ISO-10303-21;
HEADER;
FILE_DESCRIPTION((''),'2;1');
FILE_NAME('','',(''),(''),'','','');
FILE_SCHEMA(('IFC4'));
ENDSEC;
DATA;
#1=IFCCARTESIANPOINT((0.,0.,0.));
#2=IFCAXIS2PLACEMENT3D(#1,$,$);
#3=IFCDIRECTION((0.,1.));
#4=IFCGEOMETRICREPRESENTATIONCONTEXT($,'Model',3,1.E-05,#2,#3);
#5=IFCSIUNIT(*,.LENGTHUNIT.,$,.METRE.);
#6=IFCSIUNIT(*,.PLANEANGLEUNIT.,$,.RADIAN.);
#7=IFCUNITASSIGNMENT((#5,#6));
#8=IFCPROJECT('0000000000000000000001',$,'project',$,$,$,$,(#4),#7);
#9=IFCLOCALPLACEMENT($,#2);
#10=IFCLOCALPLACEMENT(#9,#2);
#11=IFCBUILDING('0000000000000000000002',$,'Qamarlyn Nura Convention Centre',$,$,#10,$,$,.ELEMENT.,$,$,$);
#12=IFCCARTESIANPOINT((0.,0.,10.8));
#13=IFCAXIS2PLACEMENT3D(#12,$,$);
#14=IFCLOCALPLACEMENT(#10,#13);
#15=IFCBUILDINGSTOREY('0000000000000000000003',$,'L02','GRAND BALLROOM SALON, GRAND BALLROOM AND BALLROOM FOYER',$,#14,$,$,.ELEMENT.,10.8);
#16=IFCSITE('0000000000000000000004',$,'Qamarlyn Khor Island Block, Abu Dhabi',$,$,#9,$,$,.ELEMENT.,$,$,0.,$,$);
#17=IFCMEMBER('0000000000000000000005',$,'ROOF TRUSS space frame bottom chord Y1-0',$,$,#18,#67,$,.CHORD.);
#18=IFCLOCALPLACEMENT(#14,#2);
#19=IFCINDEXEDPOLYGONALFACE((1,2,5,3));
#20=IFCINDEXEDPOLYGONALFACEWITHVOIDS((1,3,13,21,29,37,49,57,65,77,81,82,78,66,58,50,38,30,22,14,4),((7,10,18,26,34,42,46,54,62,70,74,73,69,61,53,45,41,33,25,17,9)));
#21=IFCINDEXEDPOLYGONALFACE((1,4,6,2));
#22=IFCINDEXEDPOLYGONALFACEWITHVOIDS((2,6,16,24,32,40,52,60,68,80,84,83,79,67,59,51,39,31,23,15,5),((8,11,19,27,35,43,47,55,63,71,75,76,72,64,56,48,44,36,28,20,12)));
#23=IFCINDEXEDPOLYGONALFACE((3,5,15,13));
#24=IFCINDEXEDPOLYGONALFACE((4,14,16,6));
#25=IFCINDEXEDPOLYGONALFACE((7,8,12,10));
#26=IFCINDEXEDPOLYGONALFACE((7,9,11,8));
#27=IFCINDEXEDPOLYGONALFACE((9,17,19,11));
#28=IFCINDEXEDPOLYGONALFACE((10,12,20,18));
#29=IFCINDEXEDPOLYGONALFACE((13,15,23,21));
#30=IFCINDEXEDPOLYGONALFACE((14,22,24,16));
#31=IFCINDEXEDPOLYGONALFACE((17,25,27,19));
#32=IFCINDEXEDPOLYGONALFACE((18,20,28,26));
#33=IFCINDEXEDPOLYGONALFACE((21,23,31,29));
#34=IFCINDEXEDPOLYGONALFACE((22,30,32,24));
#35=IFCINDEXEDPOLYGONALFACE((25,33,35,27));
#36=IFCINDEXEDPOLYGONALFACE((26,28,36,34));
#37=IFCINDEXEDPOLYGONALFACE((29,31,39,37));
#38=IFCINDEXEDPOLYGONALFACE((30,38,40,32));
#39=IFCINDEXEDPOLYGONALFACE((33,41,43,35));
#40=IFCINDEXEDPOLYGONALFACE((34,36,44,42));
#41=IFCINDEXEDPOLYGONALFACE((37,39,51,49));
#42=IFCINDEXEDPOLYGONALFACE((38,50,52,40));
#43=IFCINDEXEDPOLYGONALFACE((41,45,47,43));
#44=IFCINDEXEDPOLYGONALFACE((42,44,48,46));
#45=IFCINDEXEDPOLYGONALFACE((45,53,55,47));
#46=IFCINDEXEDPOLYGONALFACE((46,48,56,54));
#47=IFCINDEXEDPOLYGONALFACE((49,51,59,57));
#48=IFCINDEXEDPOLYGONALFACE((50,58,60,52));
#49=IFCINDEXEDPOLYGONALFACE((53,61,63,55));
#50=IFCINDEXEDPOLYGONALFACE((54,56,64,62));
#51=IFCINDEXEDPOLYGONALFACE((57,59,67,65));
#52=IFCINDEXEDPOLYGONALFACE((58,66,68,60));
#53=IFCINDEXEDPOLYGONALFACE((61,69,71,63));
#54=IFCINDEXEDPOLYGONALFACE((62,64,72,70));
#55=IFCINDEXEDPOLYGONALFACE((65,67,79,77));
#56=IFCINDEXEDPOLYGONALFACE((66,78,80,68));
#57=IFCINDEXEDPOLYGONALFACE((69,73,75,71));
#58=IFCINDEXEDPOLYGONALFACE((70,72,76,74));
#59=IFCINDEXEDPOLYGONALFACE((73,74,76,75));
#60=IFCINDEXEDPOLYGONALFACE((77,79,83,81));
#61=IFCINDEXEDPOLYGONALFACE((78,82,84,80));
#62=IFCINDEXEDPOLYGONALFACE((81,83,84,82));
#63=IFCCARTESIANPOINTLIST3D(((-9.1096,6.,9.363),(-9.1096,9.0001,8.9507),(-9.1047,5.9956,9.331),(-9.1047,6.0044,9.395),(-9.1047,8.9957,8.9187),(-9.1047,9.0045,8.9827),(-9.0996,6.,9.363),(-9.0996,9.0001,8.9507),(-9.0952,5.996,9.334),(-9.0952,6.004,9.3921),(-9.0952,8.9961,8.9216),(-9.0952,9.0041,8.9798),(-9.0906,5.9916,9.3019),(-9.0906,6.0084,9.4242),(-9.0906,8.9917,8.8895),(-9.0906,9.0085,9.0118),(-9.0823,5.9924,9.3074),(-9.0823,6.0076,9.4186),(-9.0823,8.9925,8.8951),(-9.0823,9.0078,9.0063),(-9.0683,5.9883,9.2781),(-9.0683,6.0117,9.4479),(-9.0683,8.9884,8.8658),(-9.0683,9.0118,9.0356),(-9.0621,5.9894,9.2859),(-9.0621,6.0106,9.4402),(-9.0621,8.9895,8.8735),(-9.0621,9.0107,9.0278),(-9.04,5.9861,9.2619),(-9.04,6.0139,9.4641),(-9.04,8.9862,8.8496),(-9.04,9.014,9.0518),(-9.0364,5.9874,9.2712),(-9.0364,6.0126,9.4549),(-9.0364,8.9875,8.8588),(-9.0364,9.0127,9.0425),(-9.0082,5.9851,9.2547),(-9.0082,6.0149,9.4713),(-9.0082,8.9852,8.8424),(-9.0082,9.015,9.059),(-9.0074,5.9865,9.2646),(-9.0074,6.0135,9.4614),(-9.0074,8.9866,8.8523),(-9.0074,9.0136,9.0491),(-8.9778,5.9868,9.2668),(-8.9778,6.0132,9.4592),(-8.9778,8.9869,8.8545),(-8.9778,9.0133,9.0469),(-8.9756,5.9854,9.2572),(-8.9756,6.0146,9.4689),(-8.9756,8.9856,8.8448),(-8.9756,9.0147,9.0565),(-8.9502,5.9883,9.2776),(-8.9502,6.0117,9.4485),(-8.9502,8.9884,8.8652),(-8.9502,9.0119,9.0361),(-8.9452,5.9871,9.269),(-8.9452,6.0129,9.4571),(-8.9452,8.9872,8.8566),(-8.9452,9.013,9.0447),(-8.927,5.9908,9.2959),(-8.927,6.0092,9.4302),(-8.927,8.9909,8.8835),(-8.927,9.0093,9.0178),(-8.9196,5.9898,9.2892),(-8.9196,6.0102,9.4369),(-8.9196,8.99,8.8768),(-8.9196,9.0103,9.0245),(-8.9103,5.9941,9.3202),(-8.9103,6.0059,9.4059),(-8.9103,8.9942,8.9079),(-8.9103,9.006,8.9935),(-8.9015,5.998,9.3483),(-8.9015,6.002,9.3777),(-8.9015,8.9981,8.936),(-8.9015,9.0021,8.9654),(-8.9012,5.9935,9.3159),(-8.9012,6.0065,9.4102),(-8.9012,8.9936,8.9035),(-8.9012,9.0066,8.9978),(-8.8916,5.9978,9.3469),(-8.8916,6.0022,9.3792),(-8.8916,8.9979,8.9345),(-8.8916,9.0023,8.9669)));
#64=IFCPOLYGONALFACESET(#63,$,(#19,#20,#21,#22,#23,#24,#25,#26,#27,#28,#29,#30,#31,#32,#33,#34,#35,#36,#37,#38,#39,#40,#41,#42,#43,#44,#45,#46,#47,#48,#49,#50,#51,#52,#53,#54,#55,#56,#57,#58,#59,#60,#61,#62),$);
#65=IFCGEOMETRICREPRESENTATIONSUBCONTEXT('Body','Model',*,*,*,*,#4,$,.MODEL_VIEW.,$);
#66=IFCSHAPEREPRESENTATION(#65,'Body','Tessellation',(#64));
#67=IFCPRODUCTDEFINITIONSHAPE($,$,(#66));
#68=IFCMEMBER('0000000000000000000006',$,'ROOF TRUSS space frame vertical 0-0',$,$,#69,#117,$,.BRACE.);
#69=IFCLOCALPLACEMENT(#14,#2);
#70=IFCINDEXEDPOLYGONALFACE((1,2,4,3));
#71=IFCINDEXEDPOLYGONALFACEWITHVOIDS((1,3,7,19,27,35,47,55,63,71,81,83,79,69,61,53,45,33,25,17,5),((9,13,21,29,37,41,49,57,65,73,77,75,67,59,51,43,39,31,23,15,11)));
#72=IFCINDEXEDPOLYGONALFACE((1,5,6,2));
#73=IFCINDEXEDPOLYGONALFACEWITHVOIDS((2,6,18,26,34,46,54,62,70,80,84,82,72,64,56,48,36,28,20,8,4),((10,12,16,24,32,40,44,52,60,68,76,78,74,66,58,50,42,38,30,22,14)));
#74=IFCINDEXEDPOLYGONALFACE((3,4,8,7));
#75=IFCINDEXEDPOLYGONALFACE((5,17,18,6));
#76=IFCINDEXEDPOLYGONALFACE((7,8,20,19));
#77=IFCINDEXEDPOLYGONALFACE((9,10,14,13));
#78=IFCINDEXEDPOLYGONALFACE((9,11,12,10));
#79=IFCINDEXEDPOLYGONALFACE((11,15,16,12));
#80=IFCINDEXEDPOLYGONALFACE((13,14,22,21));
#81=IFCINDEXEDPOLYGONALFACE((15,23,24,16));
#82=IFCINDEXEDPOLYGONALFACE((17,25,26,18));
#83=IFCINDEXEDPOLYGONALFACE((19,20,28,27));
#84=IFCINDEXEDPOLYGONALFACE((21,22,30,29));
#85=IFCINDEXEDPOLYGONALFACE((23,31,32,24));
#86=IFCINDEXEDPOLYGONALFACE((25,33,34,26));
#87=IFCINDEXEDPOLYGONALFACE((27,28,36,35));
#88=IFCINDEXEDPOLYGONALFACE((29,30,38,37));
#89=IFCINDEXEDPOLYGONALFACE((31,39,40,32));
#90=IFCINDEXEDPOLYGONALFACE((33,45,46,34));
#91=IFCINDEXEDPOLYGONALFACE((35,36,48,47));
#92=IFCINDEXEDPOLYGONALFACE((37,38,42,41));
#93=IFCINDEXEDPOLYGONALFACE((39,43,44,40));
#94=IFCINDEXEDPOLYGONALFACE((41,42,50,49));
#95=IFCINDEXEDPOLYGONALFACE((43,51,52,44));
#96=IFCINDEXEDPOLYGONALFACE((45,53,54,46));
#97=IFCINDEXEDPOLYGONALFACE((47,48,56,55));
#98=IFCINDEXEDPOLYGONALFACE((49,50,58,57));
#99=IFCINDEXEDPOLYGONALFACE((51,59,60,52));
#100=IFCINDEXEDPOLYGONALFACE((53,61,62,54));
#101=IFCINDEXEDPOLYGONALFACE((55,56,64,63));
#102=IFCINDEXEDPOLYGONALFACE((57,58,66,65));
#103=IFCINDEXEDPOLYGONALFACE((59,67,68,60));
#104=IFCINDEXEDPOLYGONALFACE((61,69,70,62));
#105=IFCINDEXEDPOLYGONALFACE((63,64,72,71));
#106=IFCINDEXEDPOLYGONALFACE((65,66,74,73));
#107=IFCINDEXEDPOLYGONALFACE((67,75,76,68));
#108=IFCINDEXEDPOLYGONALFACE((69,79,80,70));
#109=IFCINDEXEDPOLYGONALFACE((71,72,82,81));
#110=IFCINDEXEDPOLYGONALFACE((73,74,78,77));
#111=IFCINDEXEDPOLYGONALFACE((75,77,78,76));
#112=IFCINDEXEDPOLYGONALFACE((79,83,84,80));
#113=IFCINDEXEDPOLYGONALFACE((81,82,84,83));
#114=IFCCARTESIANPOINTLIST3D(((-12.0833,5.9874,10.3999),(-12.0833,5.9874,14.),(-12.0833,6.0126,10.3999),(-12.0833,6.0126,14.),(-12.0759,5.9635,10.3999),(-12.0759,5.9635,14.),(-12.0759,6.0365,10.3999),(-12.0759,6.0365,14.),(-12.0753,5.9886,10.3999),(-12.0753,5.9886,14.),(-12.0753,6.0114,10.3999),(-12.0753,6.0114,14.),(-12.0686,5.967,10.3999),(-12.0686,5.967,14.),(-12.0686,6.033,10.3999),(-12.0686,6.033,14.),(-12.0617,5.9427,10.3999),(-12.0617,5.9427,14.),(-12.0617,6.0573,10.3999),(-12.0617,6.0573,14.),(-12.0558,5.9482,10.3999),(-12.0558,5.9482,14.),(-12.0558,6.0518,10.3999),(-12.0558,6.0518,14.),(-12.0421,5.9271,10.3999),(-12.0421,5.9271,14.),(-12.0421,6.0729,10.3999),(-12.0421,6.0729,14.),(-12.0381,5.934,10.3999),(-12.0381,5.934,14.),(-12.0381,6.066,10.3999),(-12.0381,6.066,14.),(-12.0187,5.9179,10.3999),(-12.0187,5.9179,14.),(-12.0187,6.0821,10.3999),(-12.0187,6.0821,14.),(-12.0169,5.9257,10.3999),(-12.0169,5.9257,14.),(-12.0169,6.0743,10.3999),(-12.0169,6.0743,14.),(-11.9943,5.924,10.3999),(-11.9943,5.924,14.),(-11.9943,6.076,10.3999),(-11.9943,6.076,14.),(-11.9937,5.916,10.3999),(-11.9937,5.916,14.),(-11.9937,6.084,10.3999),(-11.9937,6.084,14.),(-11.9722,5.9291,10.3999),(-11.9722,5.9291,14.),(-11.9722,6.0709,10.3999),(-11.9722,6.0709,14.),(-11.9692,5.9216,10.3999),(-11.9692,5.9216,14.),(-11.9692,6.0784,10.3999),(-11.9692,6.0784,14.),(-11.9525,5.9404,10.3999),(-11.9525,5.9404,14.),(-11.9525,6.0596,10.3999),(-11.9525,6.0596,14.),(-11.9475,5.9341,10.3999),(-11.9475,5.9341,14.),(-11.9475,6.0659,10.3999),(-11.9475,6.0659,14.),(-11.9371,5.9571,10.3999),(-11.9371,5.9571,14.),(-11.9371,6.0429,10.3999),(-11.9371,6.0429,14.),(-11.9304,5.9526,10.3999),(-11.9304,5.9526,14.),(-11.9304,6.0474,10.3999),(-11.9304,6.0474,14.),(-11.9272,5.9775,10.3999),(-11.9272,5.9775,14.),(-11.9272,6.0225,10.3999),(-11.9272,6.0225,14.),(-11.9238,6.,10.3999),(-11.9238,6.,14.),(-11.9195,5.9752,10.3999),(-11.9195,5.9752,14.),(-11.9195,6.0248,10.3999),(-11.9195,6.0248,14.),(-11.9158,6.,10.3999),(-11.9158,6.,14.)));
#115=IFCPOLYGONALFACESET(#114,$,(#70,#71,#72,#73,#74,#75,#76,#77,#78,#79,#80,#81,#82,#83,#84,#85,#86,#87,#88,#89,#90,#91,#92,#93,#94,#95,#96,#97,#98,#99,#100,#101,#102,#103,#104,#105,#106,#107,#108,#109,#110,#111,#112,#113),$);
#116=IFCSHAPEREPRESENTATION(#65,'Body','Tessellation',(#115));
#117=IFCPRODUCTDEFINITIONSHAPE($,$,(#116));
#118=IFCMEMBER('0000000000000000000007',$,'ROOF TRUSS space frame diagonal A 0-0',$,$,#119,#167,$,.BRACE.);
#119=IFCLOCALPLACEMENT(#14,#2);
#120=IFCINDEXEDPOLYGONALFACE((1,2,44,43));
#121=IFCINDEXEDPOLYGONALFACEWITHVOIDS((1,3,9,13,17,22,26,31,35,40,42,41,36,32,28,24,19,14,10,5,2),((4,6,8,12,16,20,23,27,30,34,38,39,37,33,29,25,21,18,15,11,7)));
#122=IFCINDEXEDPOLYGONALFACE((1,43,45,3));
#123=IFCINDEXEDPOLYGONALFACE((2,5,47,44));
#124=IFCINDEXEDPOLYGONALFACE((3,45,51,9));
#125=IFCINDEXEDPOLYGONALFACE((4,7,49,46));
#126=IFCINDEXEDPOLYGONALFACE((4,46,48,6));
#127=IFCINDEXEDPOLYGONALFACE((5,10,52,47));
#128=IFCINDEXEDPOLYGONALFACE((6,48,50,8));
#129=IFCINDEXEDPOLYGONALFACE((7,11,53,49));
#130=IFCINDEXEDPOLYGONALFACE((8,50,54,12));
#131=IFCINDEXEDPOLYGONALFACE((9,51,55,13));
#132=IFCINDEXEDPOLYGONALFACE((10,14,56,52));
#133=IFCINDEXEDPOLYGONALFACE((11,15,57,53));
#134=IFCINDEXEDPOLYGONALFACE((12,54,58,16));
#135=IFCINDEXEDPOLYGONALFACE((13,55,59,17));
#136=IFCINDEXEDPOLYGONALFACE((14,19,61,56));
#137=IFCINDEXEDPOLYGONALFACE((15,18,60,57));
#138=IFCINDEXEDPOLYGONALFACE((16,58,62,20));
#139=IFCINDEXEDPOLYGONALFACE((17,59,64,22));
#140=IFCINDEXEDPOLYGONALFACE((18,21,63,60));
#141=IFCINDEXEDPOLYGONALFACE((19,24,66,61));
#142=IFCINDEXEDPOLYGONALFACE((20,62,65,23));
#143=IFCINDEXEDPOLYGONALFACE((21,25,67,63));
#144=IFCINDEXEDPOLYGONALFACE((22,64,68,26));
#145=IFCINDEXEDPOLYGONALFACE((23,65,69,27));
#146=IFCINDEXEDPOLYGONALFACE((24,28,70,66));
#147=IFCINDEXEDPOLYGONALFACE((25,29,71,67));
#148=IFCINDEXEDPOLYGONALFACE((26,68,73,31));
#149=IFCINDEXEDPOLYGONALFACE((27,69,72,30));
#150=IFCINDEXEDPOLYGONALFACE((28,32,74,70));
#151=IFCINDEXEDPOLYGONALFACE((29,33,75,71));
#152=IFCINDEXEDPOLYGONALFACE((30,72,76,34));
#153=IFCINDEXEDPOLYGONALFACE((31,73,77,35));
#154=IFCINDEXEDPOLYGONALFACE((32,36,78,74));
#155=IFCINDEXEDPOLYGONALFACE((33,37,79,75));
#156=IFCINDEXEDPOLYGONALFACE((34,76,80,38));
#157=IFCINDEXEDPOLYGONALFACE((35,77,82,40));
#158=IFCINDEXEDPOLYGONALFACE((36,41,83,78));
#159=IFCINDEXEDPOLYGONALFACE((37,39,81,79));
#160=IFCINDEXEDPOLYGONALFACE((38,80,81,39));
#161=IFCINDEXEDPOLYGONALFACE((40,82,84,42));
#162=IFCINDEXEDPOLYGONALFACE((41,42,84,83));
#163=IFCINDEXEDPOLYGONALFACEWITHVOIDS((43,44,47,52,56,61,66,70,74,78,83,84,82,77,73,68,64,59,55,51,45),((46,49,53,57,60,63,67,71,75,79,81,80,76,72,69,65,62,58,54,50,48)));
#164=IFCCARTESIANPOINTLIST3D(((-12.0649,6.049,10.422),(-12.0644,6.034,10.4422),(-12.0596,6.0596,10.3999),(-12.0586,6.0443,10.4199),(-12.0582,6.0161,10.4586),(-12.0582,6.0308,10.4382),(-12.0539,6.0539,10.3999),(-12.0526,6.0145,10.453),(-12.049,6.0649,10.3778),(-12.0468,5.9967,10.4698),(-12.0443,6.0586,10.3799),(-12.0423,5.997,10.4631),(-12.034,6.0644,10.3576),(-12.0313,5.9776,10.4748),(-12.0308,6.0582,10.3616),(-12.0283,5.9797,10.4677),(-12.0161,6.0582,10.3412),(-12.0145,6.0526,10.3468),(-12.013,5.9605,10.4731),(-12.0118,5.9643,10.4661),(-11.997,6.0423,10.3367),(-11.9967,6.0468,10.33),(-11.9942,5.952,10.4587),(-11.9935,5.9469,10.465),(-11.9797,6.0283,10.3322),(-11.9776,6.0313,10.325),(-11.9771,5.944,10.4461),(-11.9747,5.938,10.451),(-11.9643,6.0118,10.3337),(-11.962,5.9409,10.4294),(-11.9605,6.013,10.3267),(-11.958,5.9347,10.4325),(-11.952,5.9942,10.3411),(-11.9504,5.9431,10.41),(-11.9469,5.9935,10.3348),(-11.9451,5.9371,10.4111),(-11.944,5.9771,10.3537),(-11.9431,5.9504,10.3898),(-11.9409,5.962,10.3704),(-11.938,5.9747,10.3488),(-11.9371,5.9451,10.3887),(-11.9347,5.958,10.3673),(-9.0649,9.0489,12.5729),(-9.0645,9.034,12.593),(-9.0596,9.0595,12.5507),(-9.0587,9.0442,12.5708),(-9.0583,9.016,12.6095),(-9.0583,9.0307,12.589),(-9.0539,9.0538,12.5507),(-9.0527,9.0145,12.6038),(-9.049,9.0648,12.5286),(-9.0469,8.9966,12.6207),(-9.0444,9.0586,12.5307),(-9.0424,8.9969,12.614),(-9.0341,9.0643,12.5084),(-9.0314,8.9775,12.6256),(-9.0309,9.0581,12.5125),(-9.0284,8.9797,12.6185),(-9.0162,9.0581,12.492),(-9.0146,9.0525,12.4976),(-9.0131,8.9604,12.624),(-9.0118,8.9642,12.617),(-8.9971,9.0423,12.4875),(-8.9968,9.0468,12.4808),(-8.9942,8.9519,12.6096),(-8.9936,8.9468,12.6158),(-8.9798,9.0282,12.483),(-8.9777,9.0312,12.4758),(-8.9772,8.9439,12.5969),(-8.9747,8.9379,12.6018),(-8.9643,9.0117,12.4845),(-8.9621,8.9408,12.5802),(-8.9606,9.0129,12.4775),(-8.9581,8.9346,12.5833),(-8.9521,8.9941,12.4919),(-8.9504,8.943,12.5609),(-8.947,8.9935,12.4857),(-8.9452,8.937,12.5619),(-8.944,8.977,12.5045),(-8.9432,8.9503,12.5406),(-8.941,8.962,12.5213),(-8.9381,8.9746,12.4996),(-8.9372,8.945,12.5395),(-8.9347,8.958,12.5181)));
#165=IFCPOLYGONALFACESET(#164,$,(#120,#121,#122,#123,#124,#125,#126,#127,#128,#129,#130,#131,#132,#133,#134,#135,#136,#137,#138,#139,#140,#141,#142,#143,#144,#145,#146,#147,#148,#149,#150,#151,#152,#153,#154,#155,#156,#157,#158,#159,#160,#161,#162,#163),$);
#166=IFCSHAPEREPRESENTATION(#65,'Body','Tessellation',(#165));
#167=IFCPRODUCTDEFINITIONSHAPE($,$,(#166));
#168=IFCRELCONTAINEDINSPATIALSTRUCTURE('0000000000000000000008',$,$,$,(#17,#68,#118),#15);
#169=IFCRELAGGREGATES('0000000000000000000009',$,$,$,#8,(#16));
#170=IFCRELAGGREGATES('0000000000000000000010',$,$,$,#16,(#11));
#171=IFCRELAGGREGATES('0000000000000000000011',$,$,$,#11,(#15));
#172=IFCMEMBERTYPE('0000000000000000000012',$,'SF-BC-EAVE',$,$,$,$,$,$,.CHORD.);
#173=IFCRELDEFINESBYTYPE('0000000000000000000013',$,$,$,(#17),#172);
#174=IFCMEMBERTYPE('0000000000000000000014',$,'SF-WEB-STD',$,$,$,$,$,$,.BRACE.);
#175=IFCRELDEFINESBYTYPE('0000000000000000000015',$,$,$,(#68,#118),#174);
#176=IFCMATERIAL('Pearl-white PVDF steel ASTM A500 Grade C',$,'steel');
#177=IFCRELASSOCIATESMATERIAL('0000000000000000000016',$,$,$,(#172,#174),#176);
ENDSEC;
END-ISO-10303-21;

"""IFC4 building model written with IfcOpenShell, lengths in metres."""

from ifc_helpers import new_model, si_unit, direction, frame, origin, origin_2d, place, context, subcontext, project, spatial, hollow_circle, extrude, material, material_profile, profile_set, type_object, element, save


model = new_model("IFC4")

# Units and contexts
model_context = context("Model", 3, precision=1e-05, world=origin(), true_north=direction((0.0, 1.0)))
body_context = subcontext(model_context, "Body", "Model", "MODEL_VIEW")
ifc_project = project(units=[si_unit("LENGTHUNIT", "METRE"), si_unit("PLANEANGLEUNIT", "RADIAN")], contexts=[model_context])

# Site, building, storey
site_placement = place(None, origin())
site = spatial("IfcSite", under=ifc_project, at=site_placement, Name="Qamarlyn Khor Island Block, Abu Dhabi", CompositionType="ELEMENT", RefElevation=0.0)
building_placement = place(site_placement, origin())
building = spatial("IfcBuilding", under=site, at=building_placement, Name="Qamarlyn Nura Convention Centre", CompositionType="ELEMENT")
storey_placement = place(building_placement, frame((0.0, 0.0, 10.8)))
storey = spatial("IfcBuildingStorey", under=building, at=storey_placement, Name="L02", Description="GRAND BALLROOM SALON, GRAND BALLROOM AND BALLROOM FOYER", CompositionType="ELEMENT", Elevation=10.8)

# Members
ifc_material_1 = material(Name="Pearl-white PVDF steel ASTM A500 Grade C", Category="steel")
ifc_material_profile_1 = material_profile(ifc_material_1, hollow_circle(Radius=0.1096, WallThickness=0.01, at=origin_2d()), Name="CHS219.1X10")
ifc_profile_set_1 = profile_set([ifc_material_profile_1], Name="Pearl-white PVDF steel ASTM A500 Grade C")
member_type_1 = type_object("IfcMemberType", Name="SF-BC-EAVE", PredefinedType="CHORD", material=ifc_profile_set_1)
member_1_placement = place(storey_placement, frame((-9.0, 6.0, 9.363), z_axis=(0.0, 0.990685, -0.136171), x_axis=(-1.0, 0.0, 0.0)))
element("IfcMember", 1, at=member_1_placement, inside=storey, type_object=member_type_1, Name="ROOF TRUSS space frame bottom chord Y1-0", PredefinedType="CHORD", context=body_context, shape_type="SweptSolid", body=[
    extrude(hollow_circle(Radius=0.1096, WallThickness=0.01, at=origin_2d()), origin(), (0.0, 0.0, 1.0), 3.0283),
])
ifc_material_profile_2 = material_profile(ifc_material_1, hollow_circle(Radius=0.0842, WallThickness=0.0081, at=origin_2d()), Name="CHS168.3X8")
ifc_profile_set_2 = profile_set([ifc_material_profile_2], Name="Pearl-white PVDF steel ASTM A500 Grade C")
member_type_2 = type_object("IfcMemberType", Name="SF-WEB-STD", PredefinedType="BRACE", material=ifc_profile_set_2)
member_2_placement = place(storey_placement, frame((-12.0, 6.0, 10.3999), z_axis=(0.0, 0.0, 1.0), x_axis=(1.0, 0.0, 0.0)))
element("IfcMember", 2, at=member_2_placement, inside=storey, type_object=member_type_2, Name="ROOF TRUSS space frame vertical 0-0", PredefinedType="BRACE", context=body_context, shape_type="SweptSolid", body=[
    extrude(hollow_circle(Radius=0.0842, WallThickness=0.0081, at=origin_2d()), origin(), (0.0, 0.0, 1.0), 3.6001),
])
member_3_placement = place(storey_placement, frame((-12.0, 6.0, 10.3999), z_axis=(0.630688, 0.630688, 0.452178), x_axis=(-0.707107, 0.707107, 0.0)))
element("IfcMember", 3, at=member_3_placement, inside=storey, type_object=member_type_2, Name="ROOF TRUSS space frame diagonal A 0-0", PredefinedType="BRACE", context=body_context, shape_type="SweptSolid", body=[
    extrude(hollow_circle(Radius=0.0842, WallThickness=0.0081, at=origin_2d()), origin(), (0.0, 0.0, 1.0), 4.7566),
])

save(model, "model.ifc")
